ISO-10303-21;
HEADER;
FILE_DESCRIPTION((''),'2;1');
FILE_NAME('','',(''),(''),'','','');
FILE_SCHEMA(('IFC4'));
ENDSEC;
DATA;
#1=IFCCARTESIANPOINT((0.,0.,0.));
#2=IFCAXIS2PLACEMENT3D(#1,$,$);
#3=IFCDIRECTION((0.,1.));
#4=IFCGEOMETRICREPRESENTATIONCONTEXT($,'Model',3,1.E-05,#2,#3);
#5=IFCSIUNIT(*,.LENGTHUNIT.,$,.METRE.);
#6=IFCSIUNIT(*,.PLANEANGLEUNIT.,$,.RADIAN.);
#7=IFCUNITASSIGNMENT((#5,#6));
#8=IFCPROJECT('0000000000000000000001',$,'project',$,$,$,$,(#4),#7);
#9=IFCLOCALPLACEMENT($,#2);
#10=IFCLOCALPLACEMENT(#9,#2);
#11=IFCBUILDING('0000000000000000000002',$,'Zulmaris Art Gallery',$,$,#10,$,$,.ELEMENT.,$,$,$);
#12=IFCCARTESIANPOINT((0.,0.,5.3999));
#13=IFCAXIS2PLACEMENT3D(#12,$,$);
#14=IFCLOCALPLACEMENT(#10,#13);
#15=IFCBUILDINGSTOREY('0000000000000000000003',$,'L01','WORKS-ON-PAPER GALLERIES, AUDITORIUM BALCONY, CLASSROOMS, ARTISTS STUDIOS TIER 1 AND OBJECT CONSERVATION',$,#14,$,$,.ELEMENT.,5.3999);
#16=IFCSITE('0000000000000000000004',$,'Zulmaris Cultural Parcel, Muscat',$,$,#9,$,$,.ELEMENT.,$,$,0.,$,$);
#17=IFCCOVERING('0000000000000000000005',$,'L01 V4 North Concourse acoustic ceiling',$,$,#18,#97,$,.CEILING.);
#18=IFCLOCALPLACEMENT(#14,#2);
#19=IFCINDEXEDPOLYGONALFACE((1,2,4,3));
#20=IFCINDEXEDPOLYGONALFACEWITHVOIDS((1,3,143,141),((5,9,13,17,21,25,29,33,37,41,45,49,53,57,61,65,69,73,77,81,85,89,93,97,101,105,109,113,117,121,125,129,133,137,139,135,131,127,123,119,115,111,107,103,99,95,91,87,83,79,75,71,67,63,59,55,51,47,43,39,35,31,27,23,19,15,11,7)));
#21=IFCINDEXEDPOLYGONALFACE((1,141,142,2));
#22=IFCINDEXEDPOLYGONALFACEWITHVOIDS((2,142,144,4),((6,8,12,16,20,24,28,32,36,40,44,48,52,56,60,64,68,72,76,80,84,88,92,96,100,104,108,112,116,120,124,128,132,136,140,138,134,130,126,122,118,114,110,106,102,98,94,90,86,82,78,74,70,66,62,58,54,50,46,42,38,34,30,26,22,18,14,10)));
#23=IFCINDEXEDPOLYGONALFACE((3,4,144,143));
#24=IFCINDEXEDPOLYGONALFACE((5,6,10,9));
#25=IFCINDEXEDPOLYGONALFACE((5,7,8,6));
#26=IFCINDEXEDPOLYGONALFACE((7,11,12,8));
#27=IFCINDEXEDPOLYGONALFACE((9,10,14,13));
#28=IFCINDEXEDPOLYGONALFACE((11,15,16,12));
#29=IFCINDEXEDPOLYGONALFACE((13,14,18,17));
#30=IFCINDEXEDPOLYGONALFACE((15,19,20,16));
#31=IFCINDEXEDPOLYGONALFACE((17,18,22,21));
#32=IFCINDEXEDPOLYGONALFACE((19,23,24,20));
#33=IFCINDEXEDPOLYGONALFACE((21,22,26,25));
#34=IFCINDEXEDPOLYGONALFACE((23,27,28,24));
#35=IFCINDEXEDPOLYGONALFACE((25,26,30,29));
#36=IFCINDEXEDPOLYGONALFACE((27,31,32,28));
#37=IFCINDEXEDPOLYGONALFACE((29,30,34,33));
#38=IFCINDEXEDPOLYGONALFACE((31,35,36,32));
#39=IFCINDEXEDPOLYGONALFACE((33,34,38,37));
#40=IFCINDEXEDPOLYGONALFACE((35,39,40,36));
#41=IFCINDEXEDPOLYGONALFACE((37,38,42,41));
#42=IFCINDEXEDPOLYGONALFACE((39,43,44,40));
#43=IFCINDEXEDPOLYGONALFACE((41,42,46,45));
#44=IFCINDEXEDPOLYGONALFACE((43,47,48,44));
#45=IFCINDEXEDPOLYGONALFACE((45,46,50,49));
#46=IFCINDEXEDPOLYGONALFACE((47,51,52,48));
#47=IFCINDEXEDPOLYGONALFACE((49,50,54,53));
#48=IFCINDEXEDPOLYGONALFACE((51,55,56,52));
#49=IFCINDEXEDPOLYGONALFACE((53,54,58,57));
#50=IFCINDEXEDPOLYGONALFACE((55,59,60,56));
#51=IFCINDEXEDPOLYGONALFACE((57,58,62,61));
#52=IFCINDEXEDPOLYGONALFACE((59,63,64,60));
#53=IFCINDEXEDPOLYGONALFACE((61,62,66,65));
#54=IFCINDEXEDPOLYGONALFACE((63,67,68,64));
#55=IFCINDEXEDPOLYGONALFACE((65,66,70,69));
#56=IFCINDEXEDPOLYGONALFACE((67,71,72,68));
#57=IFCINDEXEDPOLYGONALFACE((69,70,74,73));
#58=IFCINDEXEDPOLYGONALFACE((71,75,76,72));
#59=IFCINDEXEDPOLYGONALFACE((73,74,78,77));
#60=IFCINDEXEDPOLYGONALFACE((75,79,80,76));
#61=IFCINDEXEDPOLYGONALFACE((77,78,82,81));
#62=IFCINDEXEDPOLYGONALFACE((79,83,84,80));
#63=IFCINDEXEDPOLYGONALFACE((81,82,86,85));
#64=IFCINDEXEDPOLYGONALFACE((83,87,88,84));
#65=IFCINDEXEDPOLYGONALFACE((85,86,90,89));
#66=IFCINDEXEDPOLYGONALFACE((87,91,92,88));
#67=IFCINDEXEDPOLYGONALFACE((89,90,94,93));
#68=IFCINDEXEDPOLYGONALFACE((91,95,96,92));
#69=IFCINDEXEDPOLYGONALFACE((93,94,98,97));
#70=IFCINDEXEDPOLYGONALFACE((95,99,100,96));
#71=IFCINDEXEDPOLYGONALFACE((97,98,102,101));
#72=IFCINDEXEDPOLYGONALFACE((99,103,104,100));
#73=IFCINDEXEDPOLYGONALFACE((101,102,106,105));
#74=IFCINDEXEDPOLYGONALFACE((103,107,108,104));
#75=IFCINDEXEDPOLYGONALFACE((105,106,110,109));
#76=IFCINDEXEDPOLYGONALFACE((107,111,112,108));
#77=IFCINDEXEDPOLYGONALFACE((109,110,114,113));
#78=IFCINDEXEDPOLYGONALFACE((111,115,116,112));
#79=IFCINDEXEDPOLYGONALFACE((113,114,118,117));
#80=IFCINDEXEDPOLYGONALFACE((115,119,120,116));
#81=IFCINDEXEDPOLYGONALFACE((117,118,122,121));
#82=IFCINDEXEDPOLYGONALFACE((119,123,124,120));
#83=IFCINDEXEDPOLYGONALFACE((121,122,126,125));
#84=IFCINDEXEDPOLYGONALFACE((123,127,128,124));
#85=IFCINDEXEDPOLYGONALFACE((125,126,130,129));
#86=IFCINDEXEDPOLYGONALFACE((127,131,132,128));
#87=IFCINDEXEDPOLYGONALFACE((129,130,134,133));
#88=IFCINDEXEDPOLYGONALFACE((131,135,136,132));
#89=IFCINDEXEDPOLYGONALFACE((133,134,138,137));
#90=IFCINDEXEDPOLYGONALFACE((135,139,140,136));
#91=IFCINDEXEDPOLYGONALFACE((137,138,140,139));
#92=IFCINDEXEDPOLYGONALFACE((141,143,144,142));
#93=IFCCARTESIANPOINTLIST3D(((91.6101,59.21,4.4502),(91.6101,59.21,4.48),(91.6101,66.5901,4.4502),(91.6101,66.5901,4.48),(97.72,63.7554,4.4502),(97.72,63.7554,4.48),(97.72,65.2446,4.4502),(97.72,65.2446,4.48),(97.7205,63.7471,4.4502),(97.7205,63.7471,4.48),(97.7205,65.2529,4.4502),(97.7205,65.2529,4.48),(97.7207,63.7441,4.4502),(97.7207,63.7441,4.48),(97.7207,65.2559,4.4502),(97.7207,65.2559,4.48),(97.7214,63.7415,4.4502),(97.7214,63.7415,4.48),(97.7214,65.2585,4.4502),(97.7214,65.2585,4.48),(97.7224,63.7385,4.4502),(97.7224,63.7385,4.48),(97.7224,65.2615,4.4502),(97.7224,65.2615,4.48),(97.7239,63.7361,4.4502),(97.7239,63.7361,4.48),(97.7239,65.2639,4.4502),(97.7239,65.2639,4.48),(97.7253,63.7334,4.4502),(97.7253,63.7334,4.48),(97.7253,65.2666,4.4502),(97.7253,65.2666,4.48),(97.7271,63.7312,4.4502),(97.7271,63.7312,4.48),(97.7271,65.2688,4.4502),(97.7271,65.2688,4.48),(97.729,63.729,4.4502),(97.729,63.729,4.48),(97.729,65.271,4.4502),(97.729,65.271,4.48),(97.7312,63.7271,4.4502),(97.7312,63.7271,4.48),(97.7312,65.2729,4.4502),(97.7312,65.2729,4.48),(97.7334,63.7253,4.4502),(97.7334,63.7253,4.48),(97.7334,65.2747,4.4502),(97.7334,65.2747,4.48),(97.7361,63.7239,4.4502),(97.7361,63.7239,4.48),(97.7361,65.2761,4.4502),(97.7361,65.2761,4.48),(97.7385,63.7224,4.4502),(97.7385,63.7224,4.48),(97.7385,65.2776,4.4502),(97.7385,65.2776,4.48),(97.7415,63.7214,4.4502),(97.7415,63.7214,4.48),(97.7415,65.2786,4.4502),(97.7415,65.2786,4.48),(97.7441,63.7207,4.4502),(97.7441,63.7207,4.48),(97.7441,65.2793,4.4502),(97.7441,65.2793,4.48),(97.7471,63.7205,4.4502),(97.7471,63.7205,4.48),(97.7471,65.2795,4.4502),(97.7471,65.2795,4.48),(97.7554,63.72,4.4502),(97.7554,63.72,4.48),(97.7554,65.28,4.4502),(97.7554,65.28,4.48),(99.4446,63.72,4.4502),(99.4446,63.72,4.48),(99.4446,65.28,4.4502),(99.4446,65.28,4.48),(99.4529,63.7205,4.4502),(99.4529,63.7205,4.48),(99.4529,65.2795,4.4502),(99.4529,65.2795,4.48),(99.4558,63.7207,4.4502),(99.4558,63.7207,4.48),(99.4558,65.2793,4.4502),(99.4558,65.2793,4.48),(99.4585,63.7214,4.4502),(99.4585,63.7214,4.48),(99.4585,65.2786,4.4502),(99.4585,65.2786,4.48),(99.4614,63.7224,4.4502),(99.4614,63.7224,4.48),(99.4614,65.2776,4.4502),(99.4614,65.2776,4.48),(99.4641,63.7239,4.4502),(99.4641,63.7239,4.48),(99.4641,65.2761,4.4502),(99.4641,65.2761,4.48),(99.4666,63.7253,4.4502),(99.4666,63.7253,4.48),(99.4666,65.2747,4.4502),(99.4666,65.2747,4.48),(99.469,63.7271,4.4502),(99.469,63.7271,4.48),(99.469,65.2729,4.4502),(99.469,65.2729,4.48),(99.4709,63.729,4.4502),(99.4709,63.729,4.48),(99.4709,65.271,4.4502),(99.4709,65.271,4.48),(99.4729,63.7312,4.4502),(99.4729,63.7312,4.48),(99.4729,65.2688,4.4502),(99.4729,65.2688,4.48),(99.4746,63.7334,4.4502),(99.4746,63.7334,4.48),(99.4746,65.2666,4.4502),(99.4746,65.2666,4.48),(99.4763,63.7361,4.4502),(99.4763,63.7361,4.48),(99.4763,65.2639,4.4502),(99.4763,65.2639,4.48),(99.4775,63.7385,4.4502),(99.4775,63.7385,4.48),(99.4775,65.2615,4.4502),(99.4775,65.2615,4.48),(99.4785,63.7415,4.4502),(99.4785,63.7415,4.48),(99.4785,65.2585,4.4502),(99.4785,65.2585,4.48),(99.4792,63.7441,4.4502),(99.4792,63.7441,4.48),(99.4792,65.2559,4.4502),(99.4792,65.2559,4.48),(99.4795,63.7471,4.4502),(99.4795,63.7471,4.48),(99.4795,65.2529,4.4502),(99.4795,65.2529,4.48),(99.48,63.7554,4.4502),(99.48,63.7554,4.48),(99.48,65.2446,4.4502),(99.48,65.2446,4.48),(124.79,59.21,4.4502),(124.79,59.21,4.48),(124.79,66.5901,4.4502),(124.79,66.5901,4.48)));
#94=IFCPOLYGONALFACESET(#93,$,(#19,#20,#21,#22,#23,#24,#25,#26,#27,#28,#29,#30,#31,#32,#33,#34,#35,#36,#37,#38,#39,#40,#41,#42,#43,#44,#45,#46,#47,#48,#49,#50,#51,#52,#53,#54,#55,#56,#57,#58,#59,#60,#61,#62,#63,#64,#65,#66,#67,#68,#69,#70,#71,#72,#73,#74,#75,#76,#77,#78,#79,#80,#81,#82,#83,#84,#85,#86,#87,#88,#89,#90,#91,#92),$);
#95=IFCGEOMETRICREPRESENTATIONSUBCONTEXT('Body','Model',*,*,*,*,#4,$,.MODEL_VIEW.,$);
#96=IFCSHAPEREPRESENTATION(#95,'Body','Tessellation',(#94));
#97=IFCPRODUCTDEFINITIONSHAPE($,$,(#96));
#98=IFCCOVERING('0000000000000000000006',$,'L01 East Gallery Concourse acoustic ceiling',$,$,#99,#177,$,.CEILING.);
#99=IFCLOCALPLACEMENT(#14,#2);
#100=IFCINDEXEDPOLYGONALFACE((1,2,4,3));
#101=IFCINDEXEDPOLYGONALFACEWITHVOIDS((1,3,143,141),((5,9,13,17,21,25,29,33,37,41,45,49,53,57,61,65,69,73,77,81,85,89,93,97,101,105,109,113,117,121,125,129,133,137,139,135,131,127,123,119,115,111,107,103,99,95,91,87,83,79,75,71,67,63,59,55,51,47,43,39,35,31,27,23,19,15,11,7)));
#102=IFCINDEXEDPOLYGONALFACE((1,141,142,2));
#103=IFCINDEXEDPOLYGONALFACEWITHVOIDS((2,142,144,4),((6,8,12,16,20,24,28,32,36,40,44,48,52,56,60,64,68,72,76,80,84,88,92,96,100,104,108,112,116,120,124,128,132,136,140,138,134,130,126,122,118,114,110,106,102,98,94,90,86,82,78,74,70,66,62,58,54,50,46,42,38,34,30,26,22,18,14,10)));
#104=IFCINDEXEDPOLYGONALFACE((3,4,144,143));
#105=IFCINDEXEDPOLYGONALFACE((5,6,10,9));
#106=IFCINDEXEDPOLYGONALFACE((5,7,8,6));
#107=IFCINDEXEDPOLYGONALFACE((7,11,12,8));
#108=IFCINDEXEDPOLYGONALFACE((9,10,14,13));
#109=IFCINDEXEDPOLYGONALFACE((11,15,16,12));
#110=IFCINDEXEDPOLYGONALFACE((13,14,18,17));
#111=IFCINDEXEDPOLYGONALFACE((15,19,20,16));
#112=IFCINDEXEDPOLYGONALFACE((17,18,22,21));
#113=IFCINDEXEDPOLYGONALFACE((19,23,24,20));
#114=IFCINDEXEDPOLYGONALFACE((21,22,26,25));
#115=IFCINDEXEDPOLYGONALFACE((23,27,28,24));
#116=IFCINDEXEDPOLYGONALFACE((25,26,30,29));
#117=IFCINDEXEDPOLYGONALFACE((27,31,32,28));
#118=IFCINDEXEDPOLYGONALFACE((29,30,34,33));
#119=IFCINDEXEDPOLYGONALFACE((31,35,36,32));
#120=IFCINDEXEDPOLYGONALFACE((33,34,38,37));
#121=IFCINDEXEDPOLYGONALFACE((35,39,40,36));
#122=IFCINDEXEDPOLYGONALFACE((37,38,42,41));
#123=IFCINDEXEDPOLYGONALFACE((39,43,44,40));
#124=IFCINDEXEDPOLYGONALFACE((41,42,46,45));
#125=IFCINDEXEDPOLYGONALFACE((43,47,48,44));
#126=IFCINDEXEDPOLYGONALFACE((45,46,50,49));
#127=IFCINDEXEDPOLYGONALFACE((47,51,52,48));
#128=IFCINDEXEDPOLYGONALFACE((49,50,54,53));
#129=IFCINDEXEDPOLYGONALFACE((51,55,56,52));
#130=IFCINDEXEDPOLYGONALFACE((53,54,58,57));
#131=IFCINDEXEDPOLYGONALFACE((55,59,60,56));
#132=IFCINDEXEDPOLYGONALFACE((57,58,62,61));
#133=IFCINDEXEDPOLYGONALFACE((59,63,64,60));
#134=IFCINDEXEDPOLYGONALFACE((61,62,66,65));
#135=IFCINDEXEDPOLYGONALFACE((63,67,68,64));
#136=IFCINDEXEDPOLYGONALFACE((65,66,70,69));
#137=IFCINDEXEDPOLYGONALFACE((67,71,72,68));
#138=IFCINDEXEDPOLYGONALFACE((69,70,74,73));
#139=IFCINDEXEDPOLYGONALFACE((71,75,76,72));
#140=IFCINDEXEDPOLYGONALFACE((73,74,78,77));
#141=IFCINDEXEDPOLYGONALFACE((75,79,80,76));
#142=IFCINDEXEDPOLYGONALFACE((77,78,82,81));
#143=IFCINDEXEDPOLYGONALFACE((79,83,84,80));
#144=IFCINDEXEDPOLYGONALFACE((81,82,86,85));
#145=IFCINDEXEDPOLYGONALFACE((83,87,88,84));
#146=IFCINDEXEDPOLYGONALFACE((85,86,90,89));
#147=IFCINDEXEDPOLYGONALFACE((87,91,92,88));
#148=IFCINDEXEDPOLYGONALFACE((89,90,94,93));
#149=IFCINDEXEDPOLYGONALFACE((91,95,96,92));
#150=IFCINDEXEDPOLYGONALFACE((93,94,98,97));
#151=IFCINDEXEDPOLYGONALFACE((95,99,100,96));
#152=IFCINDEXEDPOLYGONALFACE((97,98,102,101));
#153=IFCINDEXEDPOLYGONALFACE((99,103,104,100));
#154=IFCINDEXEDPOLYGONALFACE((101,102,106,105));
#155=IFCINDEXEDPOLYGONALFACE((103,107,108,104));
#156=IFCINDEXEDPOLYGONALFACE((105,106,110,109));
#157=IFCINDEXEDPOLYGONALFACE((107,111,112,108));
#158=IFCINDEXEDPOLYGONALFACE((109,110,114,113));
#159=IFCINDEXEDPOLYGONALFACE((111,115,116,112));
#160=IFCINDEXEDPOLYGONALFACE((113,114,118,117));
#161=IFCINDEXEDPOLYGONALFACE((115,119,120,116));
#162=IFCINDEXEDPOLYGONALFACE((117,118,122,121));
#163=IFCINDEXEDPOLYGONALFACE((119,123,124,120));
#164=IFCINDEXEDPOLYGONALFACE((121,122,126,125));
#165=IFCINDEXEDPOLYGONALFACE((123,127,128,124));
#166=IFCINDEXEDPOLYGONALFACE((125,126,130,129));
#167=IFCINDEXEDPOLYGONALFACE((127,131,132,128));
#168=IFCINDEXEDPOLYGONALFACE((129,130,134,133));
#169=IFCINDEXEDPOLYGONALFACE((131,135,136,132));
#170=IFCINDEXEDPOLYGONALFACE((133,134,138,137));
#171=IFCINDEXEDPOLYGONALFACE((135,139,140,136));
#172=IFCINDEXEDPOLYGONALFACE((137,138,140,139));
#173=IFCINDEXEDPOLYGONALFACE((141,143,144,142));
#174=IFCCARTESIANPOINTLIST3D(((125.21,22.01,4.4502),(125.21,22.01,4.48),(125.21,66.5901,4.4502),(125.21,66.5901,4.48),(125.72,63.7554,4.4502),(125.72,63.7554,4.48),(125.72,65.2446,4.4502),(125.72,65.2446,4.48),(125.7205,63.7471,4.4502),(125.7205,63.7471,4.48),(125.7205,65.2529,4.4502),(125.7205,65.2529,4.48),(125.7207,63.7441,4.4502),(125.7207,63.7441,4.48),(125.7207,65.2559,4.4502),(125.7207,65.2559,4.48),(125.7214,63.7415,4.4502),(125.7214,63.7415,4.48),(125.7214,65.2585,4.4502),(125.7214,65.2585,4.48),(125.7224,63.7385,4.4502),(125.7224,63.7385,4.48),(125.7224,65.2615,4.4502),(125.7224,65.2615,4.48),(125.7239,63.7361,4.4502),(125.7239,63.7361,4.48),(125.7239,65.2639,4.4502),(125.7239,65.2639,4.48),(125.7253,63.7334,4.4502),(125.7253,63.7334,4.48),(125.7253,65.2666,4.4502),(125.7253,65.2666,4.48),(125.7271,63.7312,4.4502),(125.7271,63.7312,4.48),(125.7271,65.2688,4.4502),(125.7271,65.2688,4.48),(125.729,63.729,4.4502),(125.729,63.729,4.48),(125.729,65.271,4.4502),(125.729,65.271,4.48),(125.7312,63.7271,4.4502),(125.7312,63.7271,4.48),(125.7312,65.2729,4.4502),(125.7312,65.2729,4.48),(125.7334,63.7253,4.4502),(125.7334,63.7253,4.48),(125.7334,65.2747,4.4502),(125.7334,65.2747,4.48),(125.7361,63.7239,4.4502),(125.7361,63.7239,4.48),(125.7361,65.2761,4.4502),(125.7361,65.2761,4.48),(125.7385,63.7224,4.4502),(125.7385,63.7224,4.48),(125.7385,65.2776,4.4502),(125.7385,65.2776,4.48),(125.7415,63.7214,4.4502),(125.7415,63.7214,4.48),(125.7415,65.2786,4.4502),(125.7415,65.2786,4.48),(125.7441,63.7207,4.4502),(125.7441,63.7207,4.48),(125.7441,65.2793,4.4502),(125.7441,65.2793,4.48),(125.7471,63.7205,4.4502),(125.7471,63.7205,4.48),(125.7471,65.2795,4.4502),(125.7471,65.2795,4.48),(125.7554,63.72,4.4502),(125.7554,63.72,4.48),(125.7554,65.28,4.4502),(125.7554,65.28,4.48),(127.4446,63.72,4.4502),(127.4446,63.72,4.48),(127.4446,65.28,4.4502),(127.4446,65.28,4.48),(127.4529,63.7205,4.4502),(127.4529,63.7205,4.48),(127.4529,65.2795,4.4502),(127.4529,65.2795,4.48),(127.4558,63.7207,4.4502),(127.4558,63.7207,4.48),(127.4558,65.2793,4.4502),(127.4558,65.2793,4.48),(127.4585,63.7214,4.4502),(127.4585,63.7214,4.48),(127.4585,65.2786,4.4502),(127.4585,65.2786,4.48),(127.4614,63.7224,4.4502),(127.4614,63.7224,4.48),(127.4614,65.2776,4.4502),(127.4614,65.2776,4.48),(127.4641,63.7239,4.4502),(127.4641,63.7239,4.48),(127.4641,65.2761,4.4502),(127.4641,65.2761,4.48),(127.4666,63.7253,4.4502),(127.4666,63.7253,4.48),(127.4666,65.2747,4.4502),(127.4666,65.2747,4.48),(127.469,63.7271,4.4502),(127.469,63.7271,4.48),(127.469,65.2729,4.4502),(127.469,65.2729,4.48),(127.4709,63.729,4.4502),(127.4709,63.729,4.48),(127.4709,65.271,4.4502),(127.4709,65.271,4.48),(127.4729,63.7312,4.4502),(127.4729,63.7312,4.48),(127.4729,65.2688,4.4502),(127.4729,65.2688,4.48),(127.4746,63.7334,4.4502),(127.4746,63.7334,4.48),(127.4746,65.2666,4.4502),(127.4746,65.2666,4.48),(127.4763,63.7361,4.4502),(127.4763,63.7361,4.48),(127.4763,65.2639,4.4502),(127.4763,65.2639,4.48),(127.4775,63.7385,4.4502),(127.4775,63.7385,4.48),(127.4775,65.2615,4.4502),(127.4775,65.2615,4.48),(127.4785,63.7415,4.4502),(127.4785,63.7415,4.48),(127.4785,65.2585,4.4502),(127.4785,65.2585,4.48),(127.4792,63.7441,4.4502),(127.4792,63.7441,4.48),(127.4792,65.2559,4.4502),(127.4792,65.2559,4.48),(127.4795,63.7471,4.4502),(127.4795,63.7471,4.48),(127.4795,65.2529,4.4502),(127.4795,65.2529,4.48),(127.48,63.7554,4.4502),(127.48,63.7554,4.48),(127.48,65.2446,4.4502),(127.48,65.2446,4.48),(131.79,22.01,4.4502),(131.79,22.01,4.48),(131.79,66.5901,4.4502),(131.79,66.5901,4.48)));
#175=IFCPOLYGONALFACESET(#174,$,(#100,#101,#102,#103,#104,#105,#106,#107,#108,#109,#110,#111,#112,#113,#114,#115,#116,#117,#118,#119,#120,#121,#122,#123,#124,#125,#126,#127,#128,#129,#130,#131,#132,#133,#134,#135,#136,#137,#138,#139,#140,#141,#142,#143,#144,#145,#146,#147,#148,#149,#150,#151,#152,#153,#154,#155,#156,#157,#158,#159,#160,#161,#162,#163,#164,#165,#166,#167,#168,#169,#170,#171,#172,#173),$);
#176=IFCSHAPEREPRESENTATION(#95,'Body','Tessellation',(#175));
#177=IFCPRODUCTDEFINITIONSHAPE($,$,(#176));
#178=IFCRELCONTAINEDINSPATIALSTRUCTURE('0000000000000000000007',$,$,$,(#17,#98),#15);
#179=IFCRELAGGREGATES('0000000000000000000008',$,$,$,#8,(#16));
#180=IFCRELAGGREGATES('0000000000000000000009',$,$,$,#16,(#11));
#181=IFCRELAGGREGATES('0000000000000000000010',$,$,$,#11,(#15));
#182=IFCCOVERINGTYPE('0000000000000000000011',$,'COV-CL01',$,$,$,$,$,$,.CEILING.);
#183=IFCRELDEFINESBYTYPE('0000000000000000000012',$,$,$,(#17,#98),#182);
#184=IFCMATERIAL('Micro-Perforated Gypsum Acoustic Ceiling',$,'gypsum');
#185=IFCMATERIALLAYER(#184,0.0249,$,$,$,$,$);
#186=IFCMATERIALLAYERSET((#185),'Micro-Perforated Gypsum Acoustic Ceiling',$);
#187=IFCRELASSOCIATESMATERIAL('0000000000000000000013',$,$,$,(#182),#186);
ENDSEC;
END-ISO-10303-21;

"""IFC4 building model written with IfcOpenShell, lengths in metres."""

from ifc_helpers import new_model, si_unit, direction, frame, origin, place, context, subcontext, project, spatial, polyline, outline, extrude, material, layer, layer_set, type_object, element, save


model = new_model("IFC4")

# Units and contexts
model_context = context("Model", 3, precision=1e-05, world=origin(), true_north=direction((0.0, 1.0)))
body_context = subcontext(model_context, "Body", "Model", "MODEL_VIEW")
ifc_project = project(units=[si_unit("LENGTHUNIT", "METRE"), si_unit("PLANEANGLEUNIT", "RADIAN")], contexts=[model_context])

# Site, building, storey
site_placement = place(None, origin())
site = spatial("IfcSite", under=ifc_project, at=site_placement, Name="Zulmaris Cultural Parcel, Muscat", CompositionType="ELEMENT", RefElevation=0.0)
building_placement = place(site_placement, origin())
building = spatial("IfcBuilding", under=site, at=building_placement, Name="Zulmaris Art Gallery", CompositionType="ELEMENT")
storey_placement = place(building_placement, frame((0.0, 0.0, 5.3999)))
storey = spatial("IfcBuildingStorey", under=building, at=storey_placement, Name="L01", Description="WORKS-ON-PAPER GALLERIES, AUDITORIUM BALCONY, CLASSROOMS, ARTISTS STUDIOS TIER 1 AND OBJECT CONSERVATION", CompositionType="ELEMENT", Elevation=5.3999)

# Coverings
ifc_material_1 = material(Name="Micro-Perforated Gypsum Acoustic Ceiling", Category="gypsum")
ifc_layer_1 = layer(ifc_material_1, 0.0249)
ifc_layer_set_1 = layer_set([ifc_layer_1], Name="Micro-Perforated Gypsum Acoustic Ceiling")
covering_type_1 = type_object("IfcCoveringType", Name="COV-CL01", PredefinedType="CEILING", material=ifc_layer_set_1)
covering_1_placement = place(storey_placement, frame((0.0, 0.0, 4.4502)))
element("IfcCovering", 1, at=covering_1_placement, inside=storey, type_object=covering_type_1, Name="L01 V4 North Concourse acoustic ceiling", PredefinedType="CEILING", context=body_context, shape_type="SweptSolid", body=[
    extrude(outline(polyline([(91.6101, 66.5901), (124.79, 66.5901), (124.79, 59.21), (91.6101, 59.21), (91.6101, 66.5901)]), holes=[polyline([(97.7415, 65.2786), (97.7385, 65.2776), (97.7361, 65.2761), (97.7334, 65.2747), (97.7312, 65.2729), (97.729, 65.271), (97.7271, 65.2688), (97.7253, 65.2666), (97.7239, 65.2639), (97.7224, 65.2615), (97.7214, 65.2585), (97.7207, 65.2559), (97.7205, 65.2529), (97.72, 65.2446), (97.72, 63.7554), (97.7205, 63.7471), (97.7207, 63.7441), (97.7214, 63.7415), (97.7224, 63.7385), (97.7239, 63.7361), (97.7253, 63.7334), (97.7271, 63.7312), (97.729, 63.729), (97.7312, 63.7271), (97.7334, 63.7253), (97.7361, 63.7239), (97.7385, 63.7224), (97.7415, 63.7214), (97.7441, 63.7207), (97.7471, 63.7205), (97.7554, 63.72), (99.4446, 63.72), (99.4529, 63.7205), (99.4558, 63.7207), (99.4585, 63.7214), (99.4614, 63.7224), (99.4641, 63.7239), (99.4666, 63.7253), (99.469, 63.7271), (99.4709, 63.729), (99.4729, 63.7312), (99.4746, 63.7334), (99.4763, 63.7361), (99.4775, 63.7385), (99.4785, 63.7415), (99.4792, 63.7441), (99.4795, 63.7471), (99.48, 63.7554), (99.48, 65.2446), (99.4795, 65.2529), (99.4792, 65.2559), (99.4785, 65.2585), (99.4775, 65.2615), (99.4763, 65.2639), (99.4746, 65.2666), (99.4729, 65.2688), (99.4709, 65.271), (99.469, 65.2729), (99.4666, 65.2747), (99.4641, 65.2761), (99.4614, 65.2776), (99.4585, 65.2786), (99.4558, 65.2793), (99.4529, 65.2795), (99.4446, 65.28), (97.7554, 65.28), (97.7471, 65.2795), (97.7441, 65.2793), (97.7415, 65.2786)])]), origin(), (0.0, 0.0, 1.0), 0.0298),
])
covering_2_placement = place(storey_placement, frame((0.0, 0.0, 4.4502)))
element("IfcCovering", 2, at=covering_2_placement, inside=storey, type_object=covering_type_1, Name="L01 East Gallery Concourse acoustic ceiling", PredefinedType="CEILING", context=body_context, shape_type="SweptSolid", body=[
    extrude(outline(polyline([(125.21, 66.5901), (131.79, 66.5901), (131.79, 22.01), (125.21, 22.01), (125.21, 66.5901)]), holes=[polyline([(125.7415, 65.2786), (125.7385, 65.2776), (125.7361, 65.2761), (125.7334, 65.2747), (125.7312, 65.2729), (125.729, 65.271), (125.7271, 65.2688), (125.7253, 65.2666), (125.7239, 65.2639), (125.7224, 65.2615), (125.7214, 65.2585), (125.7207, 65.2559), (125.7205, 65.2529), (125.72, 65.2446), (125.72, 63.7554), (125.7205, 63.7471), (125.7207, 63.7441), (125.7214, 63.7415), (125.7224, 63.7385), (125.7239, 63.7361), (125.7253, 63.7334), (125.7271, 63.7312), (125.729, 63.729), (125.7312, 63.7271), (125.7334, 63.7253), (125.7361, 63.7239), (125.7385, 63.7224), (125.7415, 63.7214), (125.7441, 63.7207), (125.7471, 63.7205), (125.7554, 63.72), (127.4446, 63.72), (127.4529, 63.7205), (127.4558, 63.7207), (127.4585, 63.7214), (127.4614, 63.7224), (127.4641, 63.7239), (127.4666, 63.7253), (127.469, 63.7271), (127.4709, 63.729), (127.4729, 63.7312), (127.4746, 63.7334), (127.4763, 63.7361), (127.4775, 63.7385), (127.4785, 63.7415), (127.4792, 63.7441), (127.4795, 63.7471), (127.48, 63.7554), (127.48, 65.2446), (127.4795, 65.2529), (127.4792, 65.2559), (127.4785, 65.2585), (127.4775, 65.2615), (127.4763, 65.2639), (127.4746, 65.2666), (127.4729, 65.2688), (127.4709, 65.271), (127.469, 65.2729), (127.4666, 65.2747), (127.4641, 65.2761), (127.4614, 65.2776), (127.4585, 65.2786), (127.4558, 65.2793), (127.4529, 65.2795), (127.4446, 65.28), (125.7554, 65.28), (125.7471, 65.2795), (125.7441, 65.2793), (125.7415, 65.2786)])]), origin(), (0.0, 0.0, 1.0), 0.0298),
])

save(model, "model.ifc")
